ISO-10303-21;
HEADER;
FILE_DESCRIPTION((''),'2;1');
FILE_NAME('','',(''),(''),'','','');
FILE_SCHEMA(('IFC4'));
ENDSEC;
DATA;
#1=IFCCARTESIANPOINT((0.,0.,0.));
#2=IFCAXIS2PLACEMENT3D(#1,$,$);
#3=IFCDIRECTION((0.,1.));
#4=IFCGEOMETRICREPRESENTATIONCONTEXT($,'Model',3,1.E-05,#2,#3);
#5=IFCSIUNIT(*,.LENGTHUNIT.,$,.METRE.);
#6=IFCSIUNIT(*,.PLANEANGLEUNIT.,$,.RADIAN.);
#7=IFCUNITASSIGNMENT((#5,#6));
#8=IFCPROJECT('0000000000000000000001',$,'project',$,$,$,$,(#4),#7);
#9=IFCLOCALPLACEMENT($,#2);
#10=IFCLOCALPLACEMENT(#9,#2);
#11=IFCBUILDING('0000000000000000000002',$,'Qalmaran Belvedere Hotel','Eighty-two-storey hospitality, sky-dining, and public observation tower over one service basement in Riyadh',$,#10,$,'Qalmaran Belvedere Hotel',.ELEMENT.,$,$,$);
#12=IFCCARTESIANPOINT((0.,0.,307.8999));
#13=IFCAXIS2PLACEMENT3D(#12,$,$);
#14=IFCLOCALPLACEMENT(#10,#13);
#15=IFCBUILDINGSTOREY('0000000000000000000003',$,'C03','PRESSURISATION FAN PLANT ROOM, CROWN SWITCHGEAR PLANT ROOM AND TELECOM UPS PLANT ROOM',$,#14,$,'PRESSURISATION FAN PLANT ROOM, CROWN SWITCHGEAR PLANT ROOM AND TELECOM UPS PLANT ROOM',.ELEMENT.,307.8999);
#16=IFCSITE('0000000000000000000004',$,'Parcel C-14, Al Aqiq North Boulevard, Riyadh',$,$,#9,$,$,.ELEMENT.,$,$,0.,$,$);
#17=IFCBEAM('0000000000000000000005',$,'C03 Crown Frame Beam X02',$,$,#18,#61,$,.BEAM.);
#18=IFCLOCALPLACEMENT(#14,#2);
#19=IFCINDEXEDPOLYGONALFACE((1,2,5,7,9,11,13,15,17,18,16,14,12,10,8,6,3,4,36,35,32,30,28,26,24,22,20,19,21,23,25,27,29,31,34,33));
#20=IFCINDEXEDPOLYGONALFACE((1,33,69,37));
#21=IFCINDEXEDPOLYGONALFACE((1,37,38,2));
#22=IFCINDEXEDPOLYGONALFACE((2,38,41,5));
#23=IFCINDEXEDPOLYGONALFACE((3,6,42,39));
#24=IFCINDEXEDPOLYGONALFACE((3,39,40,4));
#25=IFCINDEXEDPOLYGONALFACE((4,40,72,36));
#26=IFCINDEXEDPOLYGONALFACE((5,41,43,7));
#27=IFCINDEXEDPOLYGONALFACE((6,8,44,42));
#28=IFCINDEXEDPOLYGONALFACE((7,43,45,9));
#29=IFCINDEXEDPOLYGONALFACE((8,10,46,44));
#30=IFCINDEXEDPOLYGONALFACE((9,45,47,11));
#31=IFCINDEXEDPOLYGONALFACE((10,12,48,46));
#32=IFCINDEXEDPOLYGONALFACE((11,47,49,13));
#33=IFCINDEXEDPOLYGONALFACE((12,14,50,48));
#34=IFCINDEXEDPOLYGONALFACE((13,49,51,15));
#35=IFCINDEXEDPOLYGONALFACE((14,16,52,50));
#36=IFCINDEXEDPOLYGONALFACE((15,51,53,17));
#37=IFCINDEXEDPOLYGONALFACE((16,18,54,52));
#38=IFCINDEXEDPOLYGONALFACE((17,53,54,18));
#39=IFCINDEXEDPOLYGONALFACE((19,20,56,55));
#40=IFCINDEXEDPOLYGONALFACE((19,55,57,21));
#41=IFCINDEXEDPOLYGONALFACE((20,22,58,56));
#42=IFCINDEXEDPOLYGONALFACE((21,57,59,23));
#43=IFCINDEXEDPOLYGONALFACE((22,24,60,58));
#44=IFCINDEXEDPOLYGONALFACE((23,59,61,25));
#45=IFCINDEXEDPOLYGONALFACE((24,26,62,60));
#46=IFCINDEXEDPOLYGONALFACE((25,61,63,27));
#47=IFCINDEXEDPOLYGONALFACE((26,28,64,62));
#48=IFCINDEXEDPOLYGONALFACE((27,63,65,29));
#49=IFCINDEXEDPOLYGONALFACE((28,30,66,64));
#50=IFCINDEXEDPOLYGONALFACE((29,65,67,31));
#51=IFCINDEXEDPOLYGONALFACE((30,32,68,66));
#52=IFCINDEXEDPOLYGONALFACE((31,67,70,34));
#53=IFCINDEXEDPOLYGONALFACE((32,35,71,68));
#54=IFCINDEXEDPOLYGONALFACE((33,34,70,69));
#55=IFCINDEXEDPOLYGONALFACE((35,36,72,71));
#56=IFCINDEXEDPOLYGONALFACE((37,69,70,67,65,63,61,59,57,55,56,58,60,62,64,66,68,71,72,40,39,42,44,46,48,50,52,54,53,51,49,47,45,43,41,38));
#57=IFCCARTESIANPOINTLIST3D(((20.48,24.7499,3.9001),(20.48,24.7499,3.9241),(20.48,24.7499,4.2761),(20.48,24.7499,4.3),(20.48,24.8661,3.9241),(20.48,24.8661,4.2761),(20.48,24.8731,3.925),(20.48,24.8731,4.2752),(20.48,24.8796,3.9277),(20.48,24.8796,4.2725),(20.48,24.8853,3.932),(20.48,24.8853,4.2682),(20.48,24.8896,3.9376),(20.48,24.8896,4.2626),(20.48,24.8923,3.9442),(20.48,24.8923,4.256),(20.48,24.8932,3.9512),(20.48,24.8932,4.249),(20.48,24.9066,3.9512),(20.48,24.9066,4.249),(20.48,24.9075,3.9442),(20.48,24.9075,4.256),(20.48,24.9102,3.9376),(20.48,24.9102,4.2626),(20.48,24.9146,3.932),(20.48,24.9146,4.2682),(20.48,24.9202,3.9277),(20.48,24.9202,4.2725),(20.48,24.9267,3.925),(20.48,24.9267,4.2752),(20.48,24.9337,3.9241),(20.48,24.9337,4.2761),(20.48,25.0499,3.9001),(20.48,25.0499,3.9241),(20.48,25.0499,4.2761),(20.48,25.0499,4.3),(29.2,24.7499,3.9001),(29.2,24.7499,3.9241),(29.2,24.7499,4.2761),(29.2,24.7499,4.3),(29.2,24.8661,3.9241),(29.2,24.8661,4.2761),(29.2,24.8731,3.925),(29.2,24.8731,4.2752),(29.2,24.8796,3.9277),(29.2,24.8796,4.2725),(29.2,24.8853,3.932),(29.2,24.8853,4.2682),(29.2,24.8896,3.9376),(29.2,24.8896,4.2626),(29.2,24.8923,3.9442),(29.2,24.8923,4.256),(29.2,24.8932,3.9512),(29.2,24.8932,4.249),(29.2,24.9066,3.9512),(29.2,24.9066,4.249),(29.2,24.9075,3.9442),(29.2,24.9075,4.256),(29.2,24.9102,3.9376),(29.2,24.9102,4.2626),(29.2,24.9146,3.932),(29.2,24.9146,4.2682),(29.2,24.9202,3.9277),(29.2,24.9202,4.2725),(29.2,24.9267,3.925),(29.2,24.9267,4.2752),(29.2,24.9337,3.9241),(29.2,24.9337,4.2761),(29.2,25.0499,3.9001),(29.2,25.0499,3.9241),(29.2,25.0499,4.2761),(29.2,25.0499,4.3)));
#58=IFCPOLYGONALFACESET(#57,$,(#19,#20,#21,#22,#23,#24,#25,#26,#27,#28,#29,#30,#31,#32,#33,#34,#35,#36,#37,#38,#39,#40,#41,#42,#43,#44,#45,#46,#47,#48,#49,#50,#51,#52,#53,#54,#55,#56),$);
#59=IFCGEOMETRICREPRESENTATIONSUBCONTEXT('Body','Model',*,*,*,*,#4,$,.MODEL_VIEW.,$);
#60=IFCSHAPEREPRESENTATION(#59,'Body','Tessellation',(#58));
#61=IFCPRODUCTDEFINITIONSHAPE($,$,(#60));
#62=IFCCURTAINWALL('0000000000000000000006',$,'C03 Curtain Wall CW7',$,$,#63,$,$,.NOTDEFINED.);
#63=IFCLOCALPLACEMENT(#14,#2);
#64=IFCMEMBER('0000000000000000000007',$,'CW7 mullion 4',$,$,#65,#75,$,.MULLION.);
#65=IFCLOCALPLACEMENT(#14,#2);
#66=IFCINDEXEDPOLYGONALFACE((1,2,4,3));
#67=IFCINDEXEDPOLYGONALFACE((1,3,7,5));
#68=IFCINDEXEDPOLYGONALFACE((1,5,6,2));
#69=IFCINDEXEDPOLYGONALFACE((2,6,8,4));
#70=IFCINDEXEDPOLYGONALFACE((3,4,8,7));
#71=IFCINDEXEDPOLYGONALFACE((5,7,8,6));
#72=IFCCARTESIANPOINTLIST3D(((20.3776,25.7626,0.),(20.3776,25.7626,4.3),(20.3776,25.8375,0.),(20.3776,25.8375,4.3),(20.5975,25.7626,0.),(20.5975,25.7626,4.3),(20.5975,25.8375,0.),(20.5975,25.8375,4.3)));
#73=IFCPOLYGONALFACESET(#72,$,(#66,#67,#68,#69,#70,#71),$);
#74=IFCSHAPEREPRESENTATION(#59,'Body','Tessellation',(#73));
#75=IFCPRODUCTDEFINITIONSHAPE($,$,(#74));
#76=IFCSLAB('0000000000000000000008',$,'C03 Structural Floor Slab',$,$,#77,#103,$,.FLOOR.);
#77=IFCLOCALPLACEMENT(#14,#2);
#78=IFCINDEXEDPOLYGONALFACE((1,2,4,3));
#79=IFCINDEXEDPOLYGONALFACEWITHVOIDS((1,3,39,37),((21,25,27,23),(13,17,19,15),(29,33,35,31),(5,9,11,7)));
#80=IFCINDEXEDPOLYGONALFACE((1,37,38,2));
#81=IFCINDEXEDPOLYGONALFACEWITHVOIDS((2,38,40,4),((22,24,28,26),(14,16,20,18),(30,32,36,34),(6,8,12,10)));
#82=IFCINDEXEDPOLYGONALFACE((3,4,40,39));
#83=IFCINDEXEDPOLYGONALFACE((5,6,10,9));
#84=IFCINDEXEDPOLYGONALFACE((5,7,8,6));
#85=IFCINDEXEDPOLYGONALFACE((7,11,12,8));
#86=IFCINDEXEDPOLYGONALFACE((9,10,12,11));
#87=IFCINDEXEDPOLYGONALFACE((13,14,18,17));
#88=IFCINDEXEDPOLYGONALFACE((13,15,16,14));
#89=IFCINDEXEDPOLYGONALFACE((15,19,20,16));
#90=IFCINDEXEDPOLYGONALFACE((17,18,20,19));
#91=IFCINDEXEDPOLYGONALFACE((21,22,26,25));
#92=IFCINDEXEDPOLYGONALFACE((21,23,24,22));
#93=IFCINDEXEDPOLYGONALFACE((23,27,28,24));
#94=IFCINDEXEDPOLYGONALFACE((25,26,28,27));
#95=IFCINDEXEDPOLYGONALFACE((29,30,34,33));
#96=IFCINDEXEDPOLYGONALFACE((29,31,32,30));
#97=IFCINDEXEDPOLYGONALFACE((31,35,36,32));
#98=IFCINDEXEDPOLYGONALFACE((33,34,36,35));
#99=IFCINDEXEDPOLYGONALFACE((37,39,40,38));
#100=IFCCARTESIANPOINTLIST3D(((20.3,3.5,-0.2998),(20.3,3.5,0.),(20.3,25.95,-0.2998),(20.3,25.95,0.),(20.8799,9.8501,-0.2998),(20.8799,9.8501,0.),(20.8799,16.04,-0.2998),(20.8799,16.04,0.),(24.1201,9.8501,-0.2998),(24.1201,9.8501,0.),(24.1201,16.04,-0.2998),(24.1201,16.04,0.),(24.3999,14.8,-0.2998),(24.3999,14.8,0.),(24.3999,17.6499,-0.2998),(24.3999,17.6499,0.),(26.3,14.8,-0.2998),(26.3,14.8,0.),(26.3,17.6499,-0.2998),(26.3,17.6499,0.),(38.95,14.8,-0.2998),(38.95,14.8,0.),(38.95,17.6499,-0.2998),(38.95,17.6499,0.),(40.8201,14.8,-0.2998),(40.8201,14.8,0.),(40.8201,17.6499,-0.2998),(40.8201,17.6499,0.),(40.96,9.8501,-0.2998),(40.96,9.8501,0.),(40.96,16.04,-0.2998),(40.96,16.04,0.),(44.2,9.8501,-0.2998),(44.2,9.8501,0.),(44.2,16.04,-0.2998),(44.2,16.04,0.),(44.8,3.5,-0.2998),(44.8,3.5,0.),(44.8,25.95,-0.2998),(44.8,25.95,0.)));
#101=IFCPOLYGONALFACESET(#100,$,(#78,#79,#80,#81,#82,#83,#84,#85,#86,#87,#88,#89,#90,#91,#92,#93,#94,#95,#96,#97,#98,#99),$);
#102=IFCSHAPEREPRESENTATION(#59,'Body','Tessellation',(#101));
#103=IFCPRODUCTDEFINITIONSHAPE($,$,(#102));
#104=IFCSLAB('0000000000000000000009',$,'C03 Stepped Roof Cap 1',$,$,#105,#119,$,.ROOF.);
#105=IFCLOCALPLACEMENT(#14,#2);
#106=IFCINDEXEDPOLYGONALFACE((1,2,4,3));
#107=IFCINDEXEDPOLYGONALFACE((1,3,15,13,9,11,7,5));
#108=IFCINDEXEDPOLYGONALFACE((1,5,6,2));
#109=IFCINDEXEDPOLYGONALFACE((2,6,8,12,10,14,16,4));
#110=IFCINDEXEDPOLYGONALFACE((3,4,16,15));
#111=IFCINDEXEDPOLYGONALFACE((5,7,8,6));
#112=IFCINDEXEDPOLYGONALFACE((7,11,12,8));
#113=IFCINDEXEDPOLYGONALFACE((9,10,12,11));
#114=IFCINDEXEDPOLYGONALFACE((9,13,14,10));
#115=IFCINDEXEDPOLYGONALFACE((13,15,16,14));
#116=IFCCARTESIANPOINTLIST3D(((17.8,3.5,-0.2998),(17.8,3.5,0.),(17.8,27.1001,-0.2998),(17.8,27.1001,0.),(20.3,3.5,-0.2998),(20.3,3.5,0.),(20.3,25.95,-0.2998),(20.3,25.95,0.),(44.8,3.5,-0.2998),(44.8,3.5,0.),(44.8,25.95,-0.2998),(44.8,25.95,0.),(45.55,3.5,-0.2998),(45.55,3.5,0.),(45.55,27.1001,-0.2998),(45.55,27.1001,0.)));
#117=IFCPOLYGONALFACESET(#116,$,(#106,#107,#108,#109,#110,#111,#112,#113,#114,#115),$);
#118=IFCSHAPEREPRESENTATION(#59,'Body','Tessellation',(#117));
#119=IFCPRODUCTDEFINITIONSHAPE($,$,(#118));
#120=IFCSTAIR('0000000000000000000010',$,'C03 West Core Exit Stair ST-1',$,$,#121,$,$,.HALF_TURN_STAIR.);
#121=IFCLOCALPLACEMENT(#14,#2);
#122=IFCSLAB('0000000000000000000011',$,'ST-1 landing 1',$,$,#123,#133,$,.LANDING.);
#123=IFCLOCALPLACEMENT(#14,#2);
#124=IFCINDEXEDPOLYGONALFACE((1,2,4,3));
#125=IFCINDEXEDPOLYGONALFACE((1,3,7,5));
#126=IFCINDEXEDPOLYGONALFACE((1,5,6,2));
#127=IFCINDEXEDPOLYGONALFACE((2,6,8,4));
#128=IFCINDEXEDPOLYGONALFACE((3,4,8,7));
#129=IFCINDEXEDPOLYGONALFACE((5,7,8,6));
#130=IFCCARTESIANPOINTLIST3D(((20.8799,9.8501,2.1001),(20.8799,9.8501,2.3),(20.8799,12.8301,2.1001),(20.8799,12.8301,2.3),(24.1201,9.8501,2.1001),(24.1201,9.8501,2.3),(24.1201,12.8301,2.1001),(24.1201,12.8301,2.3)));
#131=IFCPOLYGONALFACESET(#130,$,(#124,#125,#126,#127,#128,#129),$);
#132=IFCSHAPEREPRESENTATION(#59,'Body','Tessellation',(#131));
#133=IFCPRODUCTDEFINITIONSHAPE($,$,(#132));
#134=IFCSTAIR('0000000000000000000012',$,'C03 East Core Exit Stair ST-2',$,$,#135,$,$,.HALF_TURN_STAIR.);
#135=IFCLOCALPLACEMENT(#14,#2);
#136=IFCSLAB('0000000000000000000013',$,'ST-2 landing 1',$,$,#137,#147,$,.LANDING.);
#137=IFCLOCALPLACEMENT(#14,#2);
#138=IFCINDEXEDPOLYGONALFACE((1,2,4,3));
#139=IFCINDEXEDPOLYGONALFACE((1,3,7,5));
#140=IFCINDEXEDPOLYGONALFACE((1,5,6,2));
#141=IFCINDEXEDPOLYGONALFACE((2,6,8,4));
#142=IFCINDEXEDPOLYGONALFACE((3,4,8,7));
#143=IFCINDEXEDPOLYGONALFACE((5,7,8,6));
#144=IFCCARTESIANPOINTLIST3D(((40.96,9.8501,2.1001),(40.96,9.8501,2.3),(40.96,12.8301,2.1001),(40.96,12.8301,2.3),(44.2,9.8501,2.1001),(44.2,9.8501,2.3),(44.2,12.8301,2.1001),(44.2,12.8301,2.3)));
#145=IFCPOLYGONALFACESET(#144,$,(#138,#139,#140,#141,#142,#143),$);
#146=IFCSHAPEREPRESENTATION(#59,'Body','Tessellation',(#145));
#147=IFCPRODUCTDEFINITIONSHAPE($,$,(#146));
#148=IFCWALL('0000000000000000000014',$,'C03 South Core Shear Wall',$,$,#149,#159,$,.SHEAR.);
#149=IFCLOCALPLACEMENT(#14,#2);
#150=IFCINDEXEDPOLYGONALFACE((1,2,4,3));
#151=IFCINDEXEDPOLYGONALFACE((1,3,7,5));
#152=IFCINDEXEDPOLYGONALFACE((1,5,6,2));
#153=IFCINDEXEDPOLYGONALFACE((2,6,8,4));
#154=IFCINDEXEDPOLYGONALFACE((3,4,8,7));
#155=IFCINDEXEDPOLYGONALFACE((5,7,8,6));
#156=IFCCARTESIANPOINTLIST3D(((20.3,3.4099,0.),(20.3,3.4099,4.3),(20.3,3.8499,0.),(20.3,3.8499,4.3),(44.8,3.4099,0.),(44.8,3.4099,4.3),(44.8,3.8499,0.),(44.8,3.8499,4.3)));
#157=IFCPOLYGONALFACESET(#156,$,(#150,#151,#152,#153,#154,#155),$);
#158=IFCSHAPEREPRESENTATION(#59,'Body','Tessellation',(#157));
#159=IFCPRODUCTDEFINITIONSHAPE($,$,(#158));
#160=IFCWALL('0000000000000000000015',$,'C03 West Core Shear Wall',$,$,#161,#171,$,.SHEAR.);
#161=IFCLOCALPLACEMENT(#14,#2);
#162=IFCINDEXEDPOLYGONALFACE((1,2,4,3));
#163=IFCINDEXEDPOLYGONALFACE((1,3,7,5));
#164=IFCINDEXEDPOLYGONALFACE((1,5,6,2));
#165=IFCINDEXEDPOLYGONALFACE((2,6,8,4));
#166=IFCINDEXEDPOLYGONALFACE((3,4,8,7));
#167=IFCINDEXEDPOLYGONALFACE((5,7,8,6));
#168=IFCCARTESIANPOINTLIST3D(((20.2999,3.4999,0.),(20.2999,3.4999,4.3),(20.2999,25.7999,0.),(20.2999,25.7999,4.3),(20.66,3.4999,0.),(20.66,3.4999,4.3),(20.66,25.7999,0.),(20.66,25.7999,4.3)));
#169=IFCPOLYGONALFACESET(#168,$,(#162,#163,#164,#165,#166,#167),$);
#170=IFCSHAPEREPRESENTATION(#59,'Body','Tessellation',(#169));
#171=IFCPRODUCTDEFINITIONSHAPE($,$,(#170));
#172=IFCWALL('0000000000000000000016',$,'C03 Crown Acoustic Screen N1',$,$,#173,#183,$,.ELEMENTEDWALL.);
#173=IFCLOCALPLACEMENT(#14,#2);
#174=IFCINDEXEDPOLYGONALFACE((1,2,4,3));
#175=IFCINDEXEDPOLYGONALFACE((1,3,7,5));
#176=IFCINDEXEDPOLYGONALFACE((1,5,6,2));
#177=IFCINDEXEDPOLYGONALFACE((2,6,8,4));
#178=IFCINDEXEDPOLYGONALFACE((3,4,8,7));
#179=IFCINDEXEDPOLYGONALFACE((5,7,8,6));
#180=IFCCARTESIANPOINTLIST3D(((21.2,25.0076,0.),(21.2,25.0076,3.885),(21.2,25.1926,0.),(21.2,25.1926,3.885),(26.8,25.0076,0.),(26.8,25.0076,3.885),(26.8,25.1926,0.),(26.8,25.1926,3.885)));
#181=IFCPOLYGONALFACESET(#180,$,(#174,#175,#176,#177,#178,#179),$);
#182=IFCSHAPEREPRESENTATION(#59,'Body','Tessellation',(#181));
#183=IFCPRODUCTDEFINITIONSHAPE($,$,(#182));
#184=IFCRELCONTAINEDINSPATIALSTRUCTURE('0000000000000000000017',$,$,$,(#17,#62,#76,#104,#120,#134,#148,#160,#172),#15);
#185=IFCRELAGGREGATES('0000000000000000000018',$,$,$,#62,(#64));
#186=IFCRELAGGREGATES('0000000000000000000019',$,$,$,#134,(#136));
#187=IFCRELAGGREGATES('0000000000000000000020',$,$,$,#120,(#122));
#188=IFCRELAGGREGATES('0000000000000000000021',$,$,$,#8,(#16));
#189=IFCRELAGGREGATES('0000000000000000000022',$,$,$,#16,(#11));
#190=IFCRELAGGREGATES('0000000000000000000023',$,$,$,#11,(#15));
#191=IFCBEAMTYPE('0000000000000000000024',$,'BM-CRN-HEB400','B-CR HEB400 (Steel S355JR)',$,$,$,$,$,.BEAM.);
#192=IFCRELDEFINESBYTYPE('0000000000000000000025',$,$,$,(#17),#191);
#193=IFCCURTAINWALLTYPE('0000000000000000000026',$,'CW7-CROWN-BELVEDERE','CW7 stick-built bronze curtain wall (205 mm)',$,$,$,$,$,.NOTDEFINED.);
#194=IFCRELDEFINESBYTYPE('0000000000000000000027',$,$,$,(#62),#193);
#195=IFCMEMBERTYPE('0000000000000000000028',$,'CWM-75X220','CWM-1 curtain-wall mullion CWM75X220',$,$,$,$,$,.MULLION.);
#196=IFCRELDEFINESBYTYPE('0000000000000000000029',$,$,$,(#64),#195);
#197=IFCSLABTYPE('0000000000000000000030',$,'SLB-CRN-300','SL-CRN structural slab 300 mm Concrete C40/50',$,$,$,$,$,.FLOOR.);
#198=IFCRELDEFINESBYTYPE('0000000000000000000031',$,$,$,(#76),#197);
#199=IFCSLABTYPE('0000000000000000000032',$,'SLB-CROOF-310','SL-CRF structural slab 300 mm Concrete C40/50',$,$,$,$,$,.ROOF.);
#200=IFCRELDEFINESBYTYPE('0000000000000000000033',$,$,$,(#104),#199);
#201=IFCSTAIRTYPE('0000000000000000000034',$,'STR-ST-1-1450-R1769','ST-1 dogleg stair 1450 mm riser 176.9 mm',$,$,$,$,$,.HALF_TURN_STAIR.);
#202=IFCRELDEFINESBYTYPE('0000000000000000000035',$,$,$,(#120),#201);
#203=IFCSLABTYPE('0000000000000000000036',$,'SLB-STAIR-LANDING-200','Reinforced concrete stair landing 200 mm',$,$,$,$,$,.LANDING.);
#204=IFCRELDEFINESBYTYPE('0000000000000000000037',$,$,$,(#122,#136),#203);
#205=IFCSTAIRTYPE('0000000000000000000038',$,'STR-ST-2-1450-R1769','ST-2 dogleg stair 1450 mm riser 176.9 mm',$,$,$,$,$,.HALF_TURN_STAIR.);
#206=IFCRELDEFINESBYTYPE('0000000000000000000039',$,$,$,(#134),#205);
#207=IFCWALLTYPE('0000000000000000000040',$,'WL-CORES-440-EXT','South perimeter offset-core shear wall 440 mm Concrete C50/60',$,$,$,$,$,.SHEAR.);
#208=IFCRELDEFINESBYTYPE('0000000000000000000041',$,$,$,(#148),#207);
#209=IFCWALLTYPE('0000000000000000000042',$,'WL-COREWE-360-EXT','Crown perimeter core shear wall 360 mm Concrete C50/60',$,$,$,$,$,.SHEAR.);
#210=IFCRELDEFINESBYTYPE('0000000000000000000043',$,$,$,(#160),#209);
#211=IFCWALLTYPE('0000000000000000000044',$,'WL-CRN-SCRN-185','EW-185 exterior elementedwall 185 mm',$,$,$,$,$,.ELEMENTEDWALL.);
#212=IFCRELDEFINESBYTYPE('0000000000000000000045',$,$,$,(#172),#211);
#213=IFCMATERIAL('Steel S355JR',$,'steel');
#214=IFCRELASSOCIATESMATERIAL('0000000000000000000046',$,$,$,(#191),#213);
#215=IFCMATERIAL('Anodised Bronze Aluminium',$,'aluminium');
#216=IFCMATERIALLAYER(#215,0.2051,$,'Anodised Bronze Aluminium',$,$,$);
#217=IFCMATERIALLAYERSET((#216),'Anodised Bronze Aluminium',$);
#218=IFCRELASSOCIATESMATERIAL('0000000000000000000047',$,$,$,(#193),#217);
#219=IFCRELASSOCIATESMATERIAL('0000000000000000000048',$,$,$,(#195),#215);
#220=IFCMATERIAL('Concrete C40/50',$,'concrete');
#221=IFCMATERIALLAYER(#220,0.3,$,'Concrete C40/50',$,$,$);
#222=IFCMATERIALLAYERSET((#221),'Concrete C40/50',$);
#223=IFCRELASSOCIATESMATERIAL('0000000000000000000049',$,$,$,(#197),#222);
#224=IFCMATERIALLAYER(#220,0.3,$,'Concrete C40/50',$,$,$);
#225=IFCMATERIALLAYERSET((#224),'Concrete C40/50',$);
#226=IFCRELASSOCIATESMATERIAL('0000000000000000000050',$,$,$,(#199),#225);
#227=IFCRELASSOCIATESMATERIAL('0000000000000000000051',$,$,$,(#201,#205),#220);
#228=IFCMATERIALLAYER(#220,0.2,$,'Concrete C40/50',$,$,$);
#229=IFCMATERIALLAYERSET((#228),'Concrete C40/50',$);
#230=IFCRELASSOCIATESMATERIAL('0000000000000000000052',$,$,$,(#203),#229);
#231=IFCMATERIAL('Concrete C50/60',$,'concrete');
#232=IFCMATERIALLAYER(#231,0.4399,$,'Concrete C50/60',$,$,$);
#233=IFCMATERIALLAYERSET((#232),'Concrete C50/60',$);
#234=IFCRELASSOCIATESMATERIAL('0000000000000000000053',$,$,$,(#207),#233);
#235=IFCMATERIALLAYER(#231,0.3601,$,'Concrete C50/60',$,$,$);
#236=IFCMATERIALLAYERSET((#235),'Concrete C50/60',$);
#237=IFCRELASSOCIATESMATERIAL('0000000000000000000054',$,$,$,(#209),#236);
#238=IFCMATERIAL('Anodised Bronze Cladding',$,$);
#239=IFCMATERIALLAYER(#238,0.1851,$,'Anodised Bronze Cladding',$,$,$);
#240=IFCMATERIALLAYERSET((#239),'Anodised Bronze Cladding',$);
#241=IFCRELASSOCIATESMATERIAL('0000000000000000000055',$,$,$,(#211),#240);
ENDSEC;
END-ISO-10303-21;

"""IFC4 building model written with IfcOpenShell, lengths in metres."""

from ifc_helpers import new_model, si_unit, direction, frame, frame_2d, origin, origin_2d, place, context, subcontext, project, spatial, polyline, rectangle, i_section, outline, extrude, material, layer, layer_set, material_profile, profile_set, type_object, element, aggregate, save


model = new_model("IFC4")

# Units and contexts
model_context = context("Model", 3, precision=1e-05, world=origin(), true_north=direction((0.0, 1.0)))
body_context = subcontext(model_context, "Body", "Model", "MODEL_VIEW")
ifc_project = project(units=[si_unit("LENGTHUNIT", "METRE"), si_unit("PLANEANGLEUNIT", "RADIAN")], contexts=[model_context])

# Site, building, storey
site_placement = place(None, origin())
site = spatial("IfcSite", under=ifc_project, at=site_placement, Name="Parcel C-14, Al Aqiq North Boulevard, Riyadh", CompositionType="ELEMENT", RefElevation=0.0)
building_placement = place(site_placement, origin())
building = spatial("IfcBuilding", under=site, at=building_placement, Name="Qalmaran Belvedere Hotel", Description="Eighty-two-storey hospitality, sky-dining, and public observation tower over one service basement in Riyadh", LongName="Qalmaran Belvedere Hotel", CompositionType="ELEMENT")
storey_placement = place(building_placement, frame((0.0, 0.0, 307.8999)))
storey = spatial("IfcBuildingStorey", under=building, at=storey_placement, Name="C03", Description="PRESSURISATION FAN PLANT ROOM, CROWN SWITCHGEAR PLANT ROOM AND TELECOM UPS PLANT ROOM", LongName="PRESSURISATION FAN PLANT ROOM, CROWN SWITCHGEAR PLANT ROOM AND TELECOM UPS PLANT ROOM", CompositionType="ELEMENT", Elevation=307.8999)

# Beam
ifc_material_1 = material(Name="Steel S355JR", Category="steel")
ifc_material_profile_1 = material_profile(ifc_material_1, i_section(OverallWidth=0.3, OverallDepth=0.3999, WebThickness=0.0134, FlangeThickness=0.0239, FilletRadius=0.0271, at=origin_2d()), Name="HEB400")
ifc_profile_set_1 = profile_set([ifc_material_profile_1], Name="Steel S355JR")
beam_type = type_object("IfcBeamType", Name="BM-CRN-HEB400", Description="B-CR HEB400 (Steel S355JR)", PredefinedType="BEAM", material=ifc_profile_set_1)
beam_placement = place(storey_placement, frame((20.48, 24.8999, 4.1001), z_axis=(1.0, 0.0, 0.0), x_axis=(0.0, 1.0, 0.0)))
element("IfcBeam", 1, at=beam_placement, inside=storey, type_object=beam_type, Name="C03 Crown Frame Beam X02", PredefinedType="BEAM", context=body_context, shape_type="SweptSolid", body=[
    extrude(i_section(OverallWidth=0.3, OverallDepth=0.3999, WebThickness=0.0134, FlangeThickness=0.0239, FilletRadius=0.0271, at=origin_2d()), origin(), (0.0, 0.0, 1.0), 8.72),
])

# Curtain wall, member
ifc_material_2 = material(Name="Anodised Bronze Aluminium", Category="aluminium")
ifc_layer_1 = layer(ifc_material_2, 0.2051, Name="Anodised Bronze Aluminium")
ifc_layer_set_1 = layer_set([ifc_layer_1], Name="Anodised Bronze Aluminium")
curtain_wall_type = type_object("IfcCurtainWallType", Name="CW7-CROWN-BELVEDERE", Description="CW7 stick-built bronze curtain wall (205 mm)", PredefinedType="NOTDEFINED", material=ifc_layer_set_1)
curtain_wall_placement = place(storey_placement, origin())
curtain_wall = element("IfcCurtainWall", 2, at=curtain_wall_placement, inside=storey, type_object=curtain_wall_type, Name="C03 Curtain Wall CW7", PredefinedType="NOTDEFINED")
ifc_material_profile_2 = material_profile(ifc_material_2, rectangle(XDim=0.075, YDim=0.22, at=origin_2d()), Name="CWM75X220")
ifc_profile_set_2 = profile_set([ifc_material_profile_2], Name="Anodised Bronze Aluminium")
member_type = type_object("IfcMemberType", Name="CWM-75X220", Description="CWM-1 curtain-wall mullion CWM75X220", PredefinedType="MULLION", material=ifc_profile_set_2)
member_placement = place(storey_placement, frame((20.4875, 25.8, 0.0), z_axis=(0.0, 0.0, 1.0), x_axis=(0.0, -1.0, 0.0)))
member = element("IfcMember", 3, at=member_placement, type_object=member_type, Name="CW7 mullion 4", PredefinedType="MULLION", context=body_context, shape_type="SweptSolid", body=[
    extrude(rectangle(XDim=0.075, YDim=0.22, at=origin_2d()), origin(), (0.0, 0.0, 1.0), 4.3),
])
aggregate(curtain_wall, [member])

# Slabs
ifc_material_3 = material(Name="Concrete C40/50", Category="concrete")
ifc_layer_2 = layer(ifc_material_3, 0.3, Name="Concrete C40/50")
ifc_layer_set_2 = layer_set([ifc_layer_2], Name="Concrete C40/50")
slab_type_1 = type_object("IfcSlabType", Name="SLB-CRN-300", Description="SL-CRN structural slab 300 mm Concrete C40/50", PredefinedType="FLOOR", material=ifc_layer_set_2)
slab_1_placement = place(storey_placement, frame((0.0, 0.0, -0.2998)))
element("IfcSlab", 4, at=slab_1_placement, inside=storey, type_object=slab_type_1, Name="C03 Structural Floor Slab", PredefinedType="FLOOR", context=body_context, shape_type="SweptSolid", body=[
    extrude(outline(polyline([(20.3, 3.5), (44.8, 3.5), (44.8, 25.95), (20.3, 25.95), (20.3, 3.5)]), holes=[polyline([(20.8799, 9.8501), (24.1201, 9.8501), (24.1201, 16.04), (20.8799, 16.04), (20.8799, 9.8501)]), polyline([(40.96, 9.8501), (44.2, 9.8501), (44.2, 16.04), (40.96, 16.04), (40.96, 9.8501)]), polyline([(24.3999, 14.8), (26.3, 14.8), (26.3, 17.6499), (24.3999, 17.6499), (24.3999, 14.8)]), polyline([(38.95, 14.8), (40.8201, 14.8), (40.8201, 17.6499), (38.95, 17.6499), (38.95, 14.8)])]), origin(), (0.0, 0.0, 1.0), 0.2998),
])
ifc_layer_3 = layer(ifc_material_3, 0.3, Name="Concrete C40/50")
ifc_layer_set_3 = layer_set([ifc_layer_3], Name="Concrete C40/50")
slab_type_2 = type_object("IfcSlabType", Name="SLB-CROOF-310", Description="SL-CRF structural slab 300 mm Concrete C40/50", PredefinedType="ROOF", material=ifc_layer_set_3)
slab_2_placement = place(storey_placement, frame((0.0, 0.0, -0.2998)))
element("IfcSlab", 5, at=slab_2_placement, inside=storey, type_object=slab_type_2, Name="C03 Stepped Roof Cap 1", PredefinedType="ROOF", context=body_context, shape_type="SweptSolid", body=[
    extrude(outline(polyline([(17.8, 3.5), (17.8, 27.1001), (45.55, 27.1001), (45.55, 3.5), (44.8, 3.5), (44.8, 25.95), (20.3, 25.95), (20.3, 3.5), (17.8, 3.5)])), origin(), (0.0, 0.0, 1.0), 0.2998),
])

# Stairs, slabs
stair_type_1 = type_object("IfcStairType", Name="STR-ST-1-1450-R1769", Description="ST-1 dogleg stair 1450 mm riser 176.9 mm", PredefinedType="HALF_TURN_STAIR", material=ifc_material_3)
stair_1_placement = place(storey_placement, origin())
stair_1 = element("IfcStair", 6, at=stair_1_placement, inside=storey, type_object=stair_type_1, Name="C03 West Core Exit Stair ST-1", PredefinedType="HALF_TURN_STAIR")
ifc_layer_4 = layer(ifc_material_3, 0.2, Name="Concrete C40/50")
ifc_layer_set_4 = layer_set([ifc_layer_4], Name="Concrete C40/50")
slab_type_3 = type_object("IfcSlabType", Name="SLB-STAIR-LANDING-200", Description="Reinforced concrete stair landing 200 mm", PredefinedType="LANDING", material=ifc_layer_set_4)
slab_3_placement = place(storey_placement, frame((0.0, 0.0, 2.1001)))
slab_3 = element("IfcSlab", 7, at=slab_3_placement, type_object=slab_type_3, Name="ST-1 landing 1", PredefinedType="LANDING", context=body_context, shape_type="SweptSolid", body=[
    extrude(outline(polyline([(20.8799, 12.8301), (20.8799, 9.8501), (24.1201, 9.8501), (24.1201, 12.8301), (20.8799, 12.8301)])), origin(), (0.0, 0.0, 1.0), 0.2),
])
stair_type_2 = type_object("IfcStairType", Name="STR-ST-2-1450-R1769", Description="ST-2 dogleg stair 1450 mm riser 176.9 mm", PredefinedType="HALF_TURN_STAIR", material=ifc_material_3)
stair_2_placement = place(storey_placement, origin())
stair_2 = element("IfcStair", 8, at=stair_2_placement, inside=storey, type_object=stair_type_2, Name="C03 East Core Exit Stair ST-2", PredefinedType="HALF_TURN_STAIR")
slab_4_placement = place(storey_placement, frame((0.0, 0.0, 2.1001)))
slab_4 = element("IfcSlab", 9, at=slab_4_placement, type_object=slab_type_3, Name="ST-2 landing 1", PredefinedType="LANDING", context=body_context, shape_type="SweptSolid", body=[
    extrude(outline(polyline([(40.96, 12.8301), (40.96, 9.8501), (44.2, 9.8501), (44.2, 12.8301), (40.96, 12.8301)])), origin(), (0.0, 0.0, 1.0), 0.2),
])
aggregate(stair_2, [slab_4])

# Walls
ifc_material_4 = material(Name="Concrete C50/60", Category="concrete")
ifc_layer_5 = layer(ifc_material_4, 0.4399, Name="Concrete C50/60")
ifc_layer_set_5 = layer_set([ifc_layer_5], Name="Concrete C50/60")
wall_type_1 = type_object("IfcWallType", Name="WL-CORES-440-EXT", Description="South perimeter offset-core shear wall 440 mm Concrete C50/60", PredefinedType="SHEAR", material=ifc_layer_set_5)
wall_1_placement = place(storey_placement, frame((20.3, 3.6299, 0.0), z_axis=(0.0, 0.0, 1.0), x_axis=(1.0, 0.0, 0.0)))
element("IfcWall", 10, at=wall_1_placement, inside=storey, type_object=wall_type_1, Name="C03 South Core Shear Wall", PredefinedType="SHEAR", context=body_context, shape_type="SweptSolid", body=[
    extrude(rectangle(XDim=24.5, YDim=0.4399, at=frame_2d((12.25, 0.0))), origin(), (0.0, 0.0, 1.0), 4.3),
])
ifc_layer_6 = layer(ifc_material_4, 0.3601, Name="Concrete C50/60")
ifc_layer_set_6 = layer_set([ifc_layer_6], Name="Concrete C50/60")
wall_type_2 = type_object("IfcWallType", Name="WL-COREWE-360-EXT", Description="Crown perimeter core shear wall 360 mm Concrete C50/60", PredefinedType="SHEAR", material=ifc_layer_set_6)
wall_2_placement = place(storey_placement, frame((20.48, 3.5, 0.0), z_axis=(0.0, 0.0, 1.0), x_axis=(0.0, 1.0, 0.0)))
element("IfcWall", 11, at=wall_2_placement, inside=storey, type_object=wall_type_2, Name="C03 West Core Shear Wall", PredefinedType="SHEAR", context=body_context, shape_type="SweptSolid", body=[
    extrude(rectangle(XDim=22.3, YDim=0.3601, at=frame_2d((11.1499, 0.0))), origin(), (0.0, 0.0, 1.0), 4.3),
])
ifc_material_5 = material(Name="Anodised Bronze Cladding")
ifc_layer_7 = layer(ifc_material_5, 0.1851, Name="Anodised Bronze Cladding")
ifc_layer_set_7 = layer_set([ifc_layer_7], Name="Anodised Bronze Cladding")
wall_type_3 = type_object("IfcWallType", Name="WL-CRN-SCRN-185", Description="EW-185 exterior elementedwall 185 mm", PredefinedType="ELEMENTEDWALL", material=ifc_layer_set_7)
wall_3_placement = place(storey_placement, frame((21.2, 25.1001, 0.0), z_axis=(0.0, 0.0, 1.0), x_axis=(1.0, 0.0, 0.0)))
element("IfcWall", 12, at=wall_3_placement, inside=storey, type_object=wall_type_3, Name="C03 Crown Acoustic Screen N1", PredefinedType="ELEMENTEDWALL", context=body_context, shape_type="SweptSolid", body=[
    extrude(rectangle(XDim=5.6001, YDim=0.1851, at=frame_2d((2.8, 0.0))), origin(), (0.0, 0.0, 1.0), 3.885),
])

aggregate(stair_1, [slab_3])

save(model, "model.ifc")
